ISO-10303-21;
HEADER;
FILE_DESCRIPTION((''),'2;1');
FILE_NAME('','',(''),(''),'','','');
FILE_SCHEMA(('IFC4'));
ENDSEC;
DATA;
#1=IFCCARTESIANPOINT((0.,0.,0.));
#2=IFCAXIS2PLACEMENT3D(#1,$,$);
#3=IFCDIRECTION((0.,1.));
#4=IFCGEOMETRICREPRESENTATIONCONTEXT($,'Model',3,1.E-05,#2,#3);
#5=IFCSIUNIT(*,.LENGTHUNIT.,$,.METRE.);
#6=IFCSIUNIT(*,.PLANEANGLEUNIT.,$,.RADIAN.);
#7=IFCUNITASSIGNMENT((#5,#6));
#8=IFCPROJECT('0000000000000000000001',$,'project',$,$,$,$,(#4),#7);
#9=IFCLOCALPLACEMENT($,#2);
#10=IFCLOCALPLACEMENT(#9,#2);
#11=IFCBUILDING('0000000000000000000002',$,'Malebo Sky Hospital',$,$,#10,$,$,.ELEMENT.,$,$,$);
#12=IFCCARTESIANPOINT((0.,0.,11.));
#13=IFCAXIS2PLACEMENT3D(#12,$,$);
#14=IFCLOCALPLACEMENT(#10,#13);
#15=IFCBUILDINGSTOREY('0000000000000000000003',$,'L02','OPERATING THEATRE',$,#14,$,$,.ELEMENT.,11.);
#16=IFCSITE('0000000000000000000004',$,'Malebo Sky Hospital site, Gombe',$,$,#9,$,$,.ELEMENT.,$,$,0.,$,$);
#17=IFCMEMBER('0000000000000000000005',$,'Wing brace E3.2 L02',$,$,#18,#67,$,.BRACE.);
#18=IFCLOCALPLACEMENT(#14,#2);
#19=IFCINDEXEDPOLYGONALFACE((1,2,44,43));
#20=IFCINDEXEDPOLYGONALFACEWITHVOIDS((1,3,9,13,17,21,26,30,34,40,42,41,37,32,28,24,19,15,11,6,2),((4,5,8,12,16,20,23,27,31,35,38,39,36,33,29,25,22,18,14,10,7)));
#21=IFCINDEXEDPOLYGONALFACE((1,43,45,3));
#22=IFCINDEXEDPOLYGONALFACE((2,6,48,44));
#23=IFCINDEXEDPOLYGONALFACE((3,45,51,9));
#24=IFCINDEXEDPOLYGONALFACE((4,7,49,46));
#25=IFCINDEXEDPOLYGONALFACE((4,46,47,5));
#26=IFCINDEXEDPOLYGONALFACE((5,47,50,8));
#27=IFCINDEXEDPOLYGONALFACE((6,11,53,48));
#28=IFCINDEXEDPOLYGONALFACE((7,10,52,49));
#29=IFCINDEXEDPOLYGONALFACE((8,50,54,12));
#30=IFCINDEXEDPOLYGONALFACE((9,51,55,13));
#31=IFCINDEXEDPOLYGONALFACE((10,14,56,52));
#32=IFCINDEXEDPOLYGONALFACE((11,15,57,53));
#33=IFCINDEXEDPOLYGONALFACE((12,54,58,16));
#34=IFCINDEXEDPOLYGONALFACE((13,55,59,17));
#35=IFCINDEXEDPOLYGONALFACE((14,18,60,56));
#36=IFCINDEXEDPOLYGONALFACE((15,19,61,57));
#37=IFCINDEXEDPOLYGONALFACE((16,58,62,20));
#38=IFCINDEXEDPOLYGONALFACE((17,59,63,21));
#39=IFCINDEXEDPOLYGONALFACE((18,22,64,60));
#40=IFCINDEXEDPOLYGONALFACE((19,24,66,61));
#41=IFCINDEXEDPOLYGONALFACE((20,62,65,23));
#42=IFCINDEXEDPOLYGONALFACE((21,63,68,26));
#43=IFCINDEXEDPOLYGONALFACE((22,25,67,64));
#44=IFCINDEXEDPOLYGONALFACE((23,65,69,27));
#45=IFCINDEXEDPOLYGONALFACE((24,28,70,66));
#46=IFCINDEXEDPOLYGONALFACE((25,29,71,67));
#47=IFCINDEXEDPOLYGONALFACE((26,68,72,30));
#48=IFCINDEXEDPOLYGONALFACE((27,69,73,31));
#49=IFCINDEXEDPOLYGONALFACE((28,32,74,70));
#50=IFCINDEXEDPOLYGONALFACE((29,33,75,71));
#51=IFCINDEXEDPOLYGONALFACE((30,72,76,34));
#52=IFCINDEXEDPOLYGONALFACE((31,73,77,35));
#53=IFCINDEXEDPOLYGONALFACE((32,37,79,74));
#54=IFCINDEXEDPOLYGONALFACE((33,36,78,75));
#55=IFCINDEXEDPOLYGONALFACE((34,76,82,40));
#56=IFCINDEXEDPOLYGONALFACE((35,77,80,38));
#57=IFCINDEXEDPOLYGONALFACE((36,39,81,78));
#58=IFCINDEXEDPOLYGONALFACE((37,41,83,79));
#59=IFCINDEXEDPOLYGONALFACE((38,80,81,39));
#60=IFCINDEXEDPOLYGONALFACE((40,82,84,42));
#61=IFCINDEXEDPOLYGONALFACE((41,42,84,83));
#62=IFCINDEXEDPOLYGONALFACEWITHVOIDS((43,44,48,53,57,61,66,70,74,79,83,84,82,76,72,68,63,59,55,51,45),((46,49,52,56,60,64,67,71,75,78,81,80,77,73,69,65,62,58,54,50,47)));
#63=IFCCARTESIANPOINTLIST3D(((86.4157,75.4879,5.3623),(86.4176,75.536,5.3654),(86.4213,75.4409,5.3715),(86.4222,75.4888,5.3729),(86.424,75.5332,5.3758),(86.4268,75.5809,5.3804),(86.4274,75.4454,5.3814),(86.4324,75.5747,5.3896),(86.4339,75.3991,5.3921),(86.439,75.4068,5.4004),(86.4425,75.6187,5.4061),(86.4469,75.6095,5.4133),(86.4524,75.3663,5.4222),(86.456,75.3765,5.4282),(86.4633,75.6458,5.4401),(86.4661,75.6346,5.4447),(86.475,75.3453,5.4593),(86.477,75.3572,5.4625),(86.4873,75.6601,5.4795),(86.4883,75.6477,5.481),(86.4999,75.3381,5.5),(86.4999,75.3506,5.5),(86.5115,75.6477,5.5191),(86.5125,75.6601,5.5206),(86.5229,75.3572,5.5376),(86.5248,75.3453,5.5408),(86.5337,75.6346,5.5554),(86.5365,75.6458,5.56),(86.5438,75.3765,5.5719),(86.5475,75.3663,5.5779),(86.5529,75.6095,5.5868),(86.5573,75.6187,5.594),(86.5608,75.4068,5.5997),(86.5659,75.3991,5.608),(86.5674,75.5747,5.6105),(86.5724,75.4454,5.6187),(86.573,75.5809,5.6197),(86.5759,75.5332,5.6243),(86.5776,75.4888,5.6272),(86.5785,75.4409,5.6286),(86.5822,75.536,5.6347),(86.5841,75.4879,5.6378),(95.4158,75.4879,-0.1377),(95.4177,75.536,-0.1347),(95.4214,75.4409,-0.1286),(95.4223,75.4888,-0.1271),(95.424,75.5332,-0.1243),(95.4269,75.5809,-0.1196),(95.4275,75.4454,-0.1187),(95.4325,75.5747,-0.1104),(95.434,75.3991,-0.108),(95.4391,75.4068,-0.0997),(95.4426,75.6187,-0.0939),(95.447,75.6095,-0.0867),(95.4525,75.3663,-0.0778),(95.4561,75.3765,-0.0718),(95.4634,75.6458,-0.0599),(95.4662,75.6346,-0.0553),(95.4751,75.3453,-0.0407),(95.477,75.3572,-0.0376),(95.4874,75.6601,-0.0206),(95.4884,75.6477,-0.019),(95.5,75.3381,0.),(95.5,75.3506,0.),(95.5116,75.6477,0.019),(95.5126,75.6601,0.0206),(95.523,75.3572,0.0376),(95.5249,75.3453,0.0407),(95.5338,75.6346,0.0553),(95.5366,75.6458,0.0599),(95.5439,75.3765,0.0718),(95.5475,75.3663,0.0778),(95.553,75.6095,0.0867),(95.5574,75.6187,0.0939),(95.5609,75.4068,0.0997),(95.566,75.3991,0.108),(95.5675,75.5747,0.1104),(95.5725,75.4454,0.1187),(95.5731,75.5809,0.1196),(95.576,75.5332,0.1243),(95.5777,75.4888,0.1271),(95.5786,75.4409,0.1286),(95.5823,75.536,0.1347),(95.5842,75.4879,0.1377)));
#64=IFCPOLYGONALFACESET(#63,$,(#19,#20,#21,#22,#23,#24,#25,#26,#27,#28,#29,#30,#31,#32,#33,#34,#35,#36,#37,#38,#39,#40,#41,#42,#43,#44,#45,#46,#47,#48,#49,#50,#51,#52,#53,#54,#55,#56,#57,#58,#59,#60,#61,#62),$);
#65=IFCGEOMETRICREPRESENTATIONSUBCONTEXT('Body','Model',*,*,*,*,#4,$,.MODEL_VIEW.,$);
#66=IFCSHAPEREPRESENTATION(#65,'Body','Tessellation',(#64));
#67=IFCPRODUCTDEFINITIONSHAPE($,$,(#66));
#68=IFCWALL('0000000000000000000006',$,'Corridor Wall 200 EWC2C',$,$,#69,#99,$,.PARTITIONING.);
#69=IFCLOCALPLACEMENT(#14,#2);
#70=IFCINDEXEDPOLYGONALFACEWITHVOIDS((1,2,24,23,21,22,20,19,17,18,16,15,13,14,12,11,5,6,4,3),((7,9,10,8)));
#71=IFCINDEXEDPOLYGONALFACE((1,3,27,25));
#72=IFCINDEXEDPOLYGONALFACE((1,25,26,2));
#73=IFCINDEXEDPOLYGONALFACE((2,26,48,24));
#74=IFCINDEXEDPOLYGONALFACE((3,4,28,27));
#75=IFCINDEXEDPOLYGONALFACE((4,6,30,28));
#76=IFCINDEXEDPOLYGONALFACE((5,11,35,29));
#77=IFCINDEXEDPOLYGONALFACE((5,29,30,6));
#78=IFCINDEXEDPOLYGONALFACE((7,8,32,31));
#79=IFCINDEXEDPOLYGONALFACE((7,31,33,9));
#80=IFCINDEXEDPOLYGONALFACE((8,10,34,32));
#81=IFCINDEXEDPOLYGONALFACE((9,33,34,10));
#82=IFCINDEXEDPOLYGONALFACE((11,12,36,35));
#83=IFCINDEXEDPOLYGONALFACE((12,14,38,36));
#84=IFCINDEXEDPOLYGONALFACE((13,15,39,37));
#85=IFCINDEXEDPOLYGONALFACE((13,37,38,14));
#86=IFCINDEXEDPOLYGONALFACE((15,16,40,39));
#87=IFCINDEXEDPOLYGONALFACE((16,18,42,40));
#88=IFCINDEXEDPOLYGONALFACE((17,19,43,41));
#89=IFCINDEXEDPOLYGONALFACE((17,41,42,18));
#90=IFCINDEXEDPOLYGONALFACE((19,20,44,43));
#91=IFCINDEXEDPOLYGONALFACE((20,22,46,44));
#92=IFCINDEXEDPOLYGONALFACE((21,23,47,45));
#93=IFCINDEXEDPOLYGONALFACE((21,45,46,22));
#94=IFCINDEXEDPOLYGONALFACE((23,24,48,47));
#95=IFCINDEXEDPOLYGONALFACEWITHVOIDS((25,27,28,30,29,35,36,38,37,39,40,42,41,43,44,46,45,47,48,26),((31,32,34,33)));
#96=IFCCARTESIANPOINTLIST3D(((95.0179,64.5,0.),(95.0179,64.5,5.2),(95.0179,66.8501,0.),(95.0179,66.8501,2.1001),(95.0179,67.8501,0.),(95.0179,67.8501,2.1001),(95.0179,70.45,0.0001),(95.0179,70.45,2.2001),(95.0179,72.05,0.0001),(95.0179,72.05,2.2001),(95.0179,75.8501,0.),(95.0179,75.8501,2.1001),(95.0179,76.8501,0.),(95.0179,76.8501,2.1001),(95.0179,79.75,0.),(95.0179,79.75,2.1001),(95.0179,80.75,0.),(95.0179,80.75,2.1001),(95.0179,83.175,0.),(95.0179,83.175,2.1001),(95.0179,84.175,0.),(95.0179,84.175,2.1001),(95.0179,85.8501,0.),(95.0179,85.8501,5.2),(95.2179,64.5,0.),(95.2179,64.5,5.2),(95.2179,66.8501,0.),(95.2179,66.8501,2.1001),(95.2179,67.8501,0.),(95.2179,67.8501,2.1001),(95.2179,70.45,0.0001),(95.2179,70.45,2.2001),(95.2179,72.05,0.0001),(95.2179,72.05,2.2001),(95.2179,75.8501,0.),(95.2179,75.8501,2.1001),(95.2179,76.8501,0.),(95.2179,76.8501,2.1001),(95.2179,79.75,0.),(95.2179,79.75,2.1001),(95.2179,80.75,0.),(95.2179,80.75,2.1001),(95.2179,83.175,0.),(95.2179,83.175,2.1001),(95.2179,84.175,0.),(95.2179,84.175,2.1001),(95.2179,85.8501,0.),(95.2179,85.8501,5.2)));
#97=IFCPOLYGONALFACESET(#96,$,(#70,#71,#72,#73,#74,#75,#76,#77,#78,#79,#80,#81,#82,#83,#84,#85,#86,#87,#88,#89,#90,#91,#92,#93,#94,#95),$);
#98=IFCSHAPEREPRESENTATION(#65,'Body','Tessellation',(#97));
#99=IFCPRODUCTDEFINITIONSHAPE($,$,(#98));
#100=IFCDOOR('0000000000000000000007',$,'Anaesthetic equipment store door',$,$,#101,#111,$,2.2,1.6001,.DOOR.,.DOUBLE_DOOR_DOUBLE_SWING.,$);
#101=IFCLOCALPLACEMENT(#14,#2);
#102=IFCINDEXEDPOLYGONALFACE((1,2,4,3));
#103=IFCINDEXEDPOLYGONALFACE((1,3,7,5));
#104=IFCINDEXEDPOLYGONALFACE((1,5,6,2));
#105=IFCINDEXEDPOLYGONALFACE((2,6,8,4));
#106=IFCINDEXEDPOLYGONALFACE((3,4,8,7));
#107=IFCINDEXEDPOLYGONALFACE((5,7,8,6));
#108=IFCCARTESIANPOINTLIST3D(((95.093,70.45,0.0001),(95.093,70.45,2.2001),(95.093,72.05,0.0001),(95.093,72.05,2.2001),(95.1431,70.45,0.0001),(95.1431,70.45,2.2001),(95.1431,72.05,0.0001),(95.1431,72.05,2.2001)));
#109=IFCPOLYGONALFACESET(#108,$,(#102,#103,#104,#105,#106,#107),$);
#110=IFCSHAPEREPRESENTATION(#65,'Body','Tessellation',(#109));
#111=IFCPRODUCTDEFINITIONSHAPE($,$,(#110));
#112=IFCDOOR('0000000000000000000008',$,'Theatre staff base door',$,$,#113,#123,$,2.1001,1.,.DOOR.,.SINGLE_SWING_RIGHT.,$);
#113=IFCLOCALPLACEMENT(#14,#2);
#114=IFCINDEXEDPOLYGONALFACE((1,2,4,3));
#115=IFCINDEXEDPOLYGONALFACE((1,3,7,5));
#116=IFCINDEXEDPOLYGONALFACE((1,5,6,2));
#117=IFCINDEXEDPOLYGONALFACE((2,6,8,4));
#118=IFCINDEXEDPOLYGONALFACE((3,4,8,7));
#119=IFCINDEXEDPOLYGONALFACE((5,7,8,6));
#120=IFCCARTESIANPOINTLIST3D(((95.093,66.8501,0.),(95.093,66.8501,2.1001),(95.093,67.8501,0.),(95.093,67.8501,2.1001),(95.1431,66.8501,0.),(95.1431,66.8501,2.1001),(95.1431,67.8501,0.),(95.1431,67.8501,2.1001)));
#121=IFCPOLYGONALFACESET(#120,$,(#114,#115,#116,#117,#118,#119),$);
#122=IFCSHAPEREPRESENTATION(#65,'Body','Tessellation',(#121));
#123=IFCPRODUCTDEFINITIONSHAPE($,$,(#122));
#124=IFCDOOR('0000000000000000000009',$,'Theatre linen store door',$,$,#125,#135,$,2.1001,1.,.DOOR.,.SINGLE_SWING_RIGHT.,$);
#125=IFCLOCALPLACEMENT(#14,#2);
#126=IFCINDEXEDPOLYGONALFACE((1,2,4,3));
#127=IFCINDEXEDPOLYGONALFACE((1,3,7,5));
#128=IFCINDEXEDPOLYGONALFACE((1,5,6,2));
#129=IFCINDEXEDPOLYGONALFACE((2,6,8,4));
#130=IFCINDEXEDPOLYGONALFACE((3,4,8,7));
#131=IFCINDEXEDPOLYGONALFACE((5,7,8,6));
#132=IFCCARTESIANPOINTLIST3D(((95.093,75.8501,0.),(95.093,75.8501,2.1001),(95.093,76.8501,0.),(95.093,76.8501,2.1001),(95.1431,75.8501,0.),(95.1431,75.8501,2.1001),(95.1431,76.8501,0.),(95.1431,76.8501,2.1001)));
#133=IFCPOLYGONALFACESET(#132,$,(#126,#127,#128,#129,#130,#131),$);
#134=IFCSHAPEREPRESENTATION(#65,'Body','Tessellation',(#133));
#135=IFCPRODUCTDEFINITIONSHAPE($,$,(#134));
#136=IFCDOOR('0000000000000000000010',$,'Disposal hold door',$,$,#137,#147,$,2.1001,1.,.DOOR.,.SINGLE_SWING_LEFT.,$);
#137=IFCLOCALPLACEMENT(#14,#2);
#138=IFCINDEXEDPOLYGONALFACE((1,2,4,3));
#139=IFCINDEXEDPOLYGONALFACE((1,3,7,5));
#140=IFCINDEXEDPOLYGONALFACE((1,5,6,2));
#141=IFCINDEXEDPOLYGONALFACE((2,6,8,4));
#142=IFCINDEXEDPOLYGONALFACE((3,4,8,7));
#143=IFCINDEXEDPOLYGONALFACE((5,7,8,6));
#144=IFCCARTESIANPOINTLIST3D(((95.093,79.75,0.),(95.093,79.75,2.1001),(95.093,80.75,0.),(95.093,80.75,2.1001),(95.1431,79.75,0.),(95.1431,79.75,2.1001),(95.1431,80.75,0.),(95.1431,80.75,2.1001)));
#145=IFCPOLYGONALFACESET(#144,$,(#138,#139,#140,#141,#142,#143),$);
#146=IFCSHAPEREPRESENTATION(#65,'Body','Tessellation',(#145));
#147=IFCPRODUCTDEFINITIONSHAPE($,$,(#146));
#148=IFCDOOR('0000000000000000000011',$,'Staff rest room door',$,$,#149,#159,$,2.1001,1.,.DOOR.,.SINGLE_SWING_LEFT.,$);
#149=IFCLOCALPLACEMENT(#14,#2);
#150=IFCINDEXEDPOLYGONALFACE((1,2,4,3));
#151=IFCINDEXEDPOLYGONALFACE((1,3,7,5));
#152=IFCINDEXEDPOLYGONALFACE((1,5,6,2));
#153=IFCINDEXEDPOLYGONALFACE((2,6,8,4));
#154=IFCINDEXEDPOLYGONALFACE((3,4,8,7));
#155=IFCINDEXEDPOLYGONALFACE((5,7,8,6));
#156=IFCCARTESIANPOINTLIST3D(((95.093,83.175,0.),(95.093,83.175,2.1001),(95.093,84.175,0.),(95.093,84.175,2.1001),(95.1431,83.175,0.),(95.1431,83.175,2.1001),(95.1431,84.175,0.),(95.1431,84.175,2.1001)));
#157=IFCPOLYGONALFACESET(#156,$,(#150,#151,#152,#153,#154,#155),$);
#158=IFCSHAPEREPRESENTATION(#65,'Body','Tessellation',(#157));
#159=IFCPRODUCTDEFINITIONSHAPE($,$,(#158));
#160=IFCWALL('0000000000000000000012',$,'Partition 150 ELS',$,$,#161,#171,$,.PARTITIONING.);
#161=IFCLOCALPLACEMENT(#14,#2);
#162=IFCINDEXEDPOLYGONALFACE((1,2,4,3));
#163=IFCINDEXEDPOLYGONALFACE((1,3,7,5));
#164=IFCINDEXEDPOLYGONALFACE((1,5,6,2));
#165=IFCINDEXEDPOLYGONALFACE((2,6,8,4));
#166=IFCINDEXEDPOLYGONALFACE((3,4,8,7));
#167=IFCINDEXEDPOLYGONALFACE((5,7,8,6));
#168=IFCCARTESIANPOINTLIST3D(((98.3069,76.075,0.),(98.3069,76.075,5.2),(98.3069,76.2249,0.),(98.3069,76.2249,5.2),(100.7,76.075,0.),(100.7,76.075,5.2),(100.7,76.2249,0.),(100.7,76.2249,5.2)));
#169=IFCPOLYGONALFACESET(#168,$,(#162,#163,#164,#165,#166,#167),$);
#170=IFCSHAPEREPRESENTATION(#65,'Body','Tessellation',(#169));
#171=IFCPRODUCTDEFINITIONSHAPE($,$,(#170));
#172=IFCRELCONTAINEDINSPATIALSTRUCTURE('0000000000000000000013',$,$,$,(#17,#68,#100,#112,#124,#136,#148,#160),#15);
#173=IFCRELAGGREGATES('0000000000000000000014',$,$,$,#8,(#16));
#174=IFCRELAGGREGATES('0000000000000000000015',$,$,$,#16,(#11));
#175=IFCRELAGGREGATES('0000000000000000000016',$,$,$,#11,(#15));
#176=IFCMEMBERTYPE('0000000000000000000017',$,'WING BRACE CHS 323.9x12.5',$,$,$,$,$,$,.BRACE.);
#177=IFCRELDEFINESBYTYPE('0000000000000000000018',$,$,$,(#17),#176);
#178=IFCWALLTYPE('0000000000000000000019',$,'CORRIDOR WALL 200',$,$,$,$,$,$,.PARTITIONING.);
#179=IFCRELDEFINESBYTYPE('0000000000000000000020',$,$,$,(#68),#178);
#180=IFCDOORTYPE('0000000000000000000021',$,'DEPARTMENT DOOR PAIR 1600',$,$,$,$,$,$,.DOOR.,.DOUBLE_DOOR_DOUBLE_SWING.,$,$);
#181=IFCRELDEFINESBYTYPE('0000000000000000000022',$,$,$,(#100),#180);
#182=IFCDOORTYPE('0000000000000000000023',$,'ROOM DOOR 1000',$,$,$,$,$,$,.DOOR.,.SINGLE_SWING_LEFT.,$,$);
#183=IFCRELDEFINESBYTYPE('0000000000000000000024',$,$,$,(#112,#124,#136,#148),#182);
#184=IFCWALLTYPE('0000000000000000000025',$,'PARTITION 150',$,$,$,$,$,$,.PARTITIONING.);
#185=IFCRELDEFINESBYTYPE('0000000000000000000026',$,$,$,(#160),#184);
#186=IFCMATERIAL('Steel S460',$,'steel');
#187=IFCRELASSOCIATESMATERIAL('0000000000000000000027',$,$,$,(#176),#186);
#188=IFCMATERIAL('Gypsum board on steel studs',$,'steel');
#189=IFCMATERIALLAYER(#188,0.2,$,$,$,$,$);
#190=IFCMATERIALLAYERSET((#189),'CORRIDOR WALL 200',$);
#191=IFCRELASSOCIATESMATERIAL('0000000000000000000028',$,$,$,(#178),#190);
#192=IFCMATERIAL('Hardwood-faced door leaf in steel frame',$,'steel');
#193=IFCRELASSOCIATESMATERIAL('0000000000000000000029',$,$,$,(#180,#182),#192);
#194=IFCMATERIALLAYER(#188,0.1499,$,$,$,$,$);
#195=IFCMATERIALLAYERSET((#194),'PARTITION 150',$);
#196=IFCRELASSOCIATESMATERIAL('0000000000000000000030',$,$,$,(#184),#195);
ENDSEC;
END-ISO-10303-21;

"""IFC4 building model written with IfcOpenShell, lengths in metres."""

from ifc_helpers import new_model, si_unit, direction, frame, frame_2d, origin, origin_2d, place, context, subcontext, project, spatial, rectangle, hollow_circle, extrude, material, layer, layer_set, material_profile, profile_set, type_object, element, fill, save


model = new_model("IFC4")

# Units and contexts
model_context = context("Model", 3, precision=1e-05, world=origin(), true_north=direction((0.0, 1.0)))
body_context = subcontext(model_context, "Body", "Model", "MODEL_VIEW")
ifc_project = project(units=[si_unit("LENGTHUNIT", "METRE"), si_unit("PLANEANGLEUNIT", "RADIAN")], contexts=[model_context])

# Site, building, storey
site_placement = place(None, origin())
site = spatial("IfcSite", under=ifc_project, at=site_placement, Name="Malebo Sky Hospital site, Gombe", CompositionType="ELEMENT", RefElevation=0.0)
building_placement = place(site_placement, origin())
building = spatial("IfcBuilding", under=site, at=building_placement, Name="Malebo Sky Hospital", CompositionType="ELEMENT")
storey_placement = place(building_placement, frame((0.0, 0.0, 11.0)))
storey = spatial("IfcBuildingStorey", under=building, at=storey_placement, Name="L02", Description="OPERATING THEATRE", CompositionType="ELEMENT", Elevation=11.0)

# Member
ifc_material_1 = material(Name="Steel S460", Category="steel")
ifc_material_profile_1 = material_profile(ifc_material_1, hollow_circle(Radius=0.1619, WallThickness=0.0125, at=origin_2d()), Name="CHS 323.9x12.5")
ifc_profile_set_1 = profile_set([ifc_material_profile_1], Name="Steel S460")
member_type = type_object("IfcMemberType", Name="WING BRACE CHS 323.9x12.5", PredefinedType="BRACE", material=ifc_profile_set_1)
for number, where, z_axis, x_axis, name in (
    (1, (95.5, 75.5, 0.0), (-0.853282, 0.0, 0.52145), (0.0, -1.0, 0.0), "Wing brace E3.2 L02"),
):
    element("IfcMember", number, at=place(storey_placement, frame(where, z_axis=z_axis, x_axis=x_axis)), inside=storey, type_object=member_type, Name=name, PredefinedType="BRACE", context=body_context, shape_type="SweptSolid", body=[
        extrude(hollow_circle(Radius=0.1619, WallThickness=0.0125, at=origin_2d()), origin(), (0.0, 0.0, 1.0), 10.5476),
    ])

# Wall, openings, doors
ifc_material_2 = material(Name="Gypsum board on steel studs", Category="steel")
ifc_layer_1 = layer(ifc_material_2, 0.2)
ifc_layer_set_1 = layer_set([ifc_layer_1], Name="CORRIDOR WALL 200")
wall_type_1 = type_object("IfcWallType", Name="CORRIDOR WALL 200", PredefinedType="PARTITIONING", material=ifc_layer_set_1)
wall_1_placement = place(storey_placement, frame((95.1179, 64.5, 0.0), z_axis=(0.0, 0.0, 1.0), x_axis=(0.0, 1.0, 0.0)))
wall_1 = element("IfcWall", 2, at=wall_1_placement, inside=storey, type_object=wall_type_1, Name="Corridor Wall 200 EWC2C", PredefinedType="PARTITIONING", context=body_context, shape_type="SweptSolid", body=[
    extrude(rectangle(XDim=21.3501, YDim=0.2, at=frame_2d((10.675, 0.0))), origin(), (0.0, 0.0, 1.0), 5.2),
])
opening_1_placement = place(wall_1_placement, frame((2.3501, 0.0, 0.0)))
opening_1 = element("IfcOpeningElement", 3, at=opening_1_placement, cuts=wall_1, PredefinedType="OPENING", context=body_context, shape_type="SweptSolid", body=[
    extrude(rectangle(XDim=1.0, YDim=2.1001, at=frame_2d((0.5, 1.05))), frame((0.0, 0.1099, 0.0), z_axis=(0.0, -1.0, 0.0), x_axis=(1.0, 0.0, 0.0)), (0.0, 0.0, 1.0), 0.22),
])
opening_2_placement = place(wall_1_placement, frame((5.95, 0.0, 0.0)))
opening_2 = element("IfcOpeningElement", 4, at=opening_2_placement, cuts=wall_1, PredefinedType="OPENING", context=body_context, shape_type="SweptSolid", body=[
    extrude(rectangle(XDim=1.6001, YDim=2.2, at=frame_2d((0.8, 1.1001))), frame((0.0, 0.1099, 0.0), z_axis=(0.0, -1.0, 0.0), x_axis=(1.0, 0.0, 0.0)), (0.0, 0.0, 1.0), 0.22),
])
opening_3_placement = place(wall_1_placement, frame((11.3501, 0.0, 0.0)))
opening_3 = element("IfcOpeningElement", 5, at=opening_3_placement, cuts=wall_1, PredefinedType="OPENING", context=body_context, shape_type="SweptSolid", body=[
    extrude(rectangle(XDim=1.0, YDim=2.1001, at=frame_2d((0.5, 1.05))), frame((0.0, 0.1099, 0.0), z_axis=(0.0, -1.0, 0.0), x_axis=(1.0, 0.0, 0.0)), (0.0, 0.0, 1.0), 0.22),
])
opening_4_placement = place(wall_1_placement, frame((15.25, 0.0, 0.0)))
opening_4 = element("IfcOpeningElement", 6, at=opening_4_placement, cuts=wall_1, PredefinedType="OPENING", context=body_context, shape_type="SweptSolid", body=[
    extrude(rectangle(XDim=1.0, YDim=2.1001, at=frame_2d((0.5, 1.05))), frame((0.0, 0.1099, 0.0), z_axis=(0.0, -1.0, 0.0), x_axis=(1.0, 0.0, 0.0)), (0.0, 0.0, 1.0), 0.22),
])
opening_5_placement = place(wall_1_placement, frame((18.675, 0.0, 0.0)))
opening_5 = element("IfcOpeningElement", 7, at=opening_5_placement, cuts=wall_1, PredefinedType="OPENING", context=body_context, shape_type="SweptSolid", body=[
    extrude(rectangle(XDim=1.0, YDim=2.1001, at=frame_2d((0.5, 1.05))), frame((0.0, 0.1099, 0.0), z_axis=(0.0, -1.0, 0.0), x_axis=(1.0, 0.0, 0.0)), (0.0, 0.0, 1.0), 0.22),
])
ifc_material_3 = material(Name="Hardwood-faced door leaf in steel frame", Category="steel")
door_type_1 = type_object("IfcDoorType", Name="DEPARTMENT DOOR PAIR 1600", OperationType="DOUBLE_DOOR_DOUBLE_SWING", PredefinedType="DOOR", material=ifc_material_3)
door_1_placement = place(opening_2_placement, origin())
door_1 = element("IfcDoor", 8, at=door_1_placement, inside=storey, type_object=door_type_1, Name="Anaesthetic equipment store door", OperationType="DOUBLE_DOOR_DOUBLE_SWING", OverallHeight=2.2, OverallWidth=1.6001, PredefinedType="DOOR", context=body_context, shape_type="SweptSolid", body=[
    extrude(rectangle(XDim=1.6001, YDim=2.2, at=frame_2d((0.8, 1.1001))), frame((0.0, 0.0249, 0.0), z_axis=(0.0, -1.0, 0.0), x_axis=(1.0, 0.0, 0.0)), (0.0, 0.0, 1.0), 0.05),
])
fill(opening_2, door_1)
door_type_2 = type_object("IfcDoorType", Name="ROOM DOOR 1000", OperationType="SINGLE_SWING_LEFT", PredefinedType="DOOR", material=ifc_material_3)
door_2_placement = place(opening_1_placement, origin())
door_2 = element("IfcDoor", 9, at=door_2_placement, inside=storey, type_object=door_type_2, Name="Theatre staff base door", OperationType="SINGLE_SWING_RIGHT", OverallHeight=2.1001, OverallWidth=1.0, PredefinedType="DOOR", context=body_context, shape_type="SweptSolid", body=[
    extrude(rectangle(XDim=1.0, YDim=2.1001, at=frame_2d((0.5, 1.05))), frame((0.0, 0.0249, 0.0), z_axis=(0.0, -1.0, 0.0), x_axis=(1.0, 0.0, 0.0)), (0.0, 0.0, 1.0), 0.05),
])
fill(opening_1, door_2)
door_3_placement = place(opening_3_placement, origin())
door_3 = element("IfcDoor", 10, at=door_3_placement, inside=storey, type_object=door_type_2, Name="Theatre linen store door", OperationType="SINGLE_SWING_RIGHT", OverallHeight=2.1001, OverallWidth=1.0, PredefinedType="DOOR", context=body_context, shape_type="SweptSolid", body=[
    extrude(rectangle(XDim=1.0, YDim=2.1001, at=frame_2d((0.5, 1.05))), frame((0.0, 0.0249, 0.0), z_axis=(0.0, -1.0, 0.0), x_axis=(1.0, 0.0, 0.0)), (0.0, 0.0, 1.0), 0.05),
])
fill(opening_3, door_3)
door_4_placement = place(opening_4_placement, origin())
door_4 = element("IfcDoor", 11, at=door_4_placement, inside=storey, type_object=door_type_2, Name="Disposal hold door", OperationType="SINGLE_SWING_LEFT", OverallHeight=2.1001, OverallWidth=1.0, PredefinedType="DOOR", context=body_context, shape_type="SweptSolid", body=[
    extrude(rectangle(XDim=1.0, YDim=2.1001, at=frame_2d((0.5, 1.05))), frame((0.0, 0.0249, 0.0), z_axis=(0.0, -1.0, 0.0), x_axis=(1.0, 0.0, 0.0)), (0.0, 0.0, 1.0), 0.05),
])
fill(opening_4, door_4)
door_5_placement = place(opening_5_placement, origin())
door_5 = element("IfcDoor", 12, at=door_5_placement, inside=storey, type_object=door_type_2, Name="Staff rest room door", OperationType="SINGLE_SWING_LEFT", OverallHeight=2.1001, OverallWidth=1.0, PredefinedType="DOOR", context=body_context, shape_type="SweptSolid", body=[
    extrude(rectangle(XDim=1.0, YDim=2.1001, at=frame_2d((0.5, 1.05))), frame((0.0, 0.0249, 0.0), z_axis=(0.0, -1.0, 0.0), x_axis=(1.0, 0.0, 0.0)), (0.0, 0.0, 1.0), 0.05),
])
fill(opening_5, door_5)

# Wall
ifc_layer_2 = layer(ifc_material_2, 0.1499)
ifc_layer_set_2 = layer_set([ifc_layer_2], Name="PARTITION 150")
wall_type_2 = type_object("IfcWallType", Name="PARTITION 150", PredefinedType="PARTITIONING", material=ifc_layer_set_2)
wall_2_placement = place(storey_placement, frame((100.7, 76.1499, 0.0), z_axis=(0.0, 0.0, 1.0), x_axis=(-1.0, 0.0, 0.0)))
element("IfcWall", 13, at=wall_2_placement, inside=storey, type_object=wall_type_2, Name="Partition 150 ELS", PredefinedType="PARTITIONING", context=body_context, shape_type="SweptSolid", body=[
    extrude(rectangle(XDim=2.3931, YDim=0.1499, at=frame_2d((1.1965, 0.0))), origin(), (0.0, 0.0, 1.0), 5.2),
])

save(model, "model.ifc")
